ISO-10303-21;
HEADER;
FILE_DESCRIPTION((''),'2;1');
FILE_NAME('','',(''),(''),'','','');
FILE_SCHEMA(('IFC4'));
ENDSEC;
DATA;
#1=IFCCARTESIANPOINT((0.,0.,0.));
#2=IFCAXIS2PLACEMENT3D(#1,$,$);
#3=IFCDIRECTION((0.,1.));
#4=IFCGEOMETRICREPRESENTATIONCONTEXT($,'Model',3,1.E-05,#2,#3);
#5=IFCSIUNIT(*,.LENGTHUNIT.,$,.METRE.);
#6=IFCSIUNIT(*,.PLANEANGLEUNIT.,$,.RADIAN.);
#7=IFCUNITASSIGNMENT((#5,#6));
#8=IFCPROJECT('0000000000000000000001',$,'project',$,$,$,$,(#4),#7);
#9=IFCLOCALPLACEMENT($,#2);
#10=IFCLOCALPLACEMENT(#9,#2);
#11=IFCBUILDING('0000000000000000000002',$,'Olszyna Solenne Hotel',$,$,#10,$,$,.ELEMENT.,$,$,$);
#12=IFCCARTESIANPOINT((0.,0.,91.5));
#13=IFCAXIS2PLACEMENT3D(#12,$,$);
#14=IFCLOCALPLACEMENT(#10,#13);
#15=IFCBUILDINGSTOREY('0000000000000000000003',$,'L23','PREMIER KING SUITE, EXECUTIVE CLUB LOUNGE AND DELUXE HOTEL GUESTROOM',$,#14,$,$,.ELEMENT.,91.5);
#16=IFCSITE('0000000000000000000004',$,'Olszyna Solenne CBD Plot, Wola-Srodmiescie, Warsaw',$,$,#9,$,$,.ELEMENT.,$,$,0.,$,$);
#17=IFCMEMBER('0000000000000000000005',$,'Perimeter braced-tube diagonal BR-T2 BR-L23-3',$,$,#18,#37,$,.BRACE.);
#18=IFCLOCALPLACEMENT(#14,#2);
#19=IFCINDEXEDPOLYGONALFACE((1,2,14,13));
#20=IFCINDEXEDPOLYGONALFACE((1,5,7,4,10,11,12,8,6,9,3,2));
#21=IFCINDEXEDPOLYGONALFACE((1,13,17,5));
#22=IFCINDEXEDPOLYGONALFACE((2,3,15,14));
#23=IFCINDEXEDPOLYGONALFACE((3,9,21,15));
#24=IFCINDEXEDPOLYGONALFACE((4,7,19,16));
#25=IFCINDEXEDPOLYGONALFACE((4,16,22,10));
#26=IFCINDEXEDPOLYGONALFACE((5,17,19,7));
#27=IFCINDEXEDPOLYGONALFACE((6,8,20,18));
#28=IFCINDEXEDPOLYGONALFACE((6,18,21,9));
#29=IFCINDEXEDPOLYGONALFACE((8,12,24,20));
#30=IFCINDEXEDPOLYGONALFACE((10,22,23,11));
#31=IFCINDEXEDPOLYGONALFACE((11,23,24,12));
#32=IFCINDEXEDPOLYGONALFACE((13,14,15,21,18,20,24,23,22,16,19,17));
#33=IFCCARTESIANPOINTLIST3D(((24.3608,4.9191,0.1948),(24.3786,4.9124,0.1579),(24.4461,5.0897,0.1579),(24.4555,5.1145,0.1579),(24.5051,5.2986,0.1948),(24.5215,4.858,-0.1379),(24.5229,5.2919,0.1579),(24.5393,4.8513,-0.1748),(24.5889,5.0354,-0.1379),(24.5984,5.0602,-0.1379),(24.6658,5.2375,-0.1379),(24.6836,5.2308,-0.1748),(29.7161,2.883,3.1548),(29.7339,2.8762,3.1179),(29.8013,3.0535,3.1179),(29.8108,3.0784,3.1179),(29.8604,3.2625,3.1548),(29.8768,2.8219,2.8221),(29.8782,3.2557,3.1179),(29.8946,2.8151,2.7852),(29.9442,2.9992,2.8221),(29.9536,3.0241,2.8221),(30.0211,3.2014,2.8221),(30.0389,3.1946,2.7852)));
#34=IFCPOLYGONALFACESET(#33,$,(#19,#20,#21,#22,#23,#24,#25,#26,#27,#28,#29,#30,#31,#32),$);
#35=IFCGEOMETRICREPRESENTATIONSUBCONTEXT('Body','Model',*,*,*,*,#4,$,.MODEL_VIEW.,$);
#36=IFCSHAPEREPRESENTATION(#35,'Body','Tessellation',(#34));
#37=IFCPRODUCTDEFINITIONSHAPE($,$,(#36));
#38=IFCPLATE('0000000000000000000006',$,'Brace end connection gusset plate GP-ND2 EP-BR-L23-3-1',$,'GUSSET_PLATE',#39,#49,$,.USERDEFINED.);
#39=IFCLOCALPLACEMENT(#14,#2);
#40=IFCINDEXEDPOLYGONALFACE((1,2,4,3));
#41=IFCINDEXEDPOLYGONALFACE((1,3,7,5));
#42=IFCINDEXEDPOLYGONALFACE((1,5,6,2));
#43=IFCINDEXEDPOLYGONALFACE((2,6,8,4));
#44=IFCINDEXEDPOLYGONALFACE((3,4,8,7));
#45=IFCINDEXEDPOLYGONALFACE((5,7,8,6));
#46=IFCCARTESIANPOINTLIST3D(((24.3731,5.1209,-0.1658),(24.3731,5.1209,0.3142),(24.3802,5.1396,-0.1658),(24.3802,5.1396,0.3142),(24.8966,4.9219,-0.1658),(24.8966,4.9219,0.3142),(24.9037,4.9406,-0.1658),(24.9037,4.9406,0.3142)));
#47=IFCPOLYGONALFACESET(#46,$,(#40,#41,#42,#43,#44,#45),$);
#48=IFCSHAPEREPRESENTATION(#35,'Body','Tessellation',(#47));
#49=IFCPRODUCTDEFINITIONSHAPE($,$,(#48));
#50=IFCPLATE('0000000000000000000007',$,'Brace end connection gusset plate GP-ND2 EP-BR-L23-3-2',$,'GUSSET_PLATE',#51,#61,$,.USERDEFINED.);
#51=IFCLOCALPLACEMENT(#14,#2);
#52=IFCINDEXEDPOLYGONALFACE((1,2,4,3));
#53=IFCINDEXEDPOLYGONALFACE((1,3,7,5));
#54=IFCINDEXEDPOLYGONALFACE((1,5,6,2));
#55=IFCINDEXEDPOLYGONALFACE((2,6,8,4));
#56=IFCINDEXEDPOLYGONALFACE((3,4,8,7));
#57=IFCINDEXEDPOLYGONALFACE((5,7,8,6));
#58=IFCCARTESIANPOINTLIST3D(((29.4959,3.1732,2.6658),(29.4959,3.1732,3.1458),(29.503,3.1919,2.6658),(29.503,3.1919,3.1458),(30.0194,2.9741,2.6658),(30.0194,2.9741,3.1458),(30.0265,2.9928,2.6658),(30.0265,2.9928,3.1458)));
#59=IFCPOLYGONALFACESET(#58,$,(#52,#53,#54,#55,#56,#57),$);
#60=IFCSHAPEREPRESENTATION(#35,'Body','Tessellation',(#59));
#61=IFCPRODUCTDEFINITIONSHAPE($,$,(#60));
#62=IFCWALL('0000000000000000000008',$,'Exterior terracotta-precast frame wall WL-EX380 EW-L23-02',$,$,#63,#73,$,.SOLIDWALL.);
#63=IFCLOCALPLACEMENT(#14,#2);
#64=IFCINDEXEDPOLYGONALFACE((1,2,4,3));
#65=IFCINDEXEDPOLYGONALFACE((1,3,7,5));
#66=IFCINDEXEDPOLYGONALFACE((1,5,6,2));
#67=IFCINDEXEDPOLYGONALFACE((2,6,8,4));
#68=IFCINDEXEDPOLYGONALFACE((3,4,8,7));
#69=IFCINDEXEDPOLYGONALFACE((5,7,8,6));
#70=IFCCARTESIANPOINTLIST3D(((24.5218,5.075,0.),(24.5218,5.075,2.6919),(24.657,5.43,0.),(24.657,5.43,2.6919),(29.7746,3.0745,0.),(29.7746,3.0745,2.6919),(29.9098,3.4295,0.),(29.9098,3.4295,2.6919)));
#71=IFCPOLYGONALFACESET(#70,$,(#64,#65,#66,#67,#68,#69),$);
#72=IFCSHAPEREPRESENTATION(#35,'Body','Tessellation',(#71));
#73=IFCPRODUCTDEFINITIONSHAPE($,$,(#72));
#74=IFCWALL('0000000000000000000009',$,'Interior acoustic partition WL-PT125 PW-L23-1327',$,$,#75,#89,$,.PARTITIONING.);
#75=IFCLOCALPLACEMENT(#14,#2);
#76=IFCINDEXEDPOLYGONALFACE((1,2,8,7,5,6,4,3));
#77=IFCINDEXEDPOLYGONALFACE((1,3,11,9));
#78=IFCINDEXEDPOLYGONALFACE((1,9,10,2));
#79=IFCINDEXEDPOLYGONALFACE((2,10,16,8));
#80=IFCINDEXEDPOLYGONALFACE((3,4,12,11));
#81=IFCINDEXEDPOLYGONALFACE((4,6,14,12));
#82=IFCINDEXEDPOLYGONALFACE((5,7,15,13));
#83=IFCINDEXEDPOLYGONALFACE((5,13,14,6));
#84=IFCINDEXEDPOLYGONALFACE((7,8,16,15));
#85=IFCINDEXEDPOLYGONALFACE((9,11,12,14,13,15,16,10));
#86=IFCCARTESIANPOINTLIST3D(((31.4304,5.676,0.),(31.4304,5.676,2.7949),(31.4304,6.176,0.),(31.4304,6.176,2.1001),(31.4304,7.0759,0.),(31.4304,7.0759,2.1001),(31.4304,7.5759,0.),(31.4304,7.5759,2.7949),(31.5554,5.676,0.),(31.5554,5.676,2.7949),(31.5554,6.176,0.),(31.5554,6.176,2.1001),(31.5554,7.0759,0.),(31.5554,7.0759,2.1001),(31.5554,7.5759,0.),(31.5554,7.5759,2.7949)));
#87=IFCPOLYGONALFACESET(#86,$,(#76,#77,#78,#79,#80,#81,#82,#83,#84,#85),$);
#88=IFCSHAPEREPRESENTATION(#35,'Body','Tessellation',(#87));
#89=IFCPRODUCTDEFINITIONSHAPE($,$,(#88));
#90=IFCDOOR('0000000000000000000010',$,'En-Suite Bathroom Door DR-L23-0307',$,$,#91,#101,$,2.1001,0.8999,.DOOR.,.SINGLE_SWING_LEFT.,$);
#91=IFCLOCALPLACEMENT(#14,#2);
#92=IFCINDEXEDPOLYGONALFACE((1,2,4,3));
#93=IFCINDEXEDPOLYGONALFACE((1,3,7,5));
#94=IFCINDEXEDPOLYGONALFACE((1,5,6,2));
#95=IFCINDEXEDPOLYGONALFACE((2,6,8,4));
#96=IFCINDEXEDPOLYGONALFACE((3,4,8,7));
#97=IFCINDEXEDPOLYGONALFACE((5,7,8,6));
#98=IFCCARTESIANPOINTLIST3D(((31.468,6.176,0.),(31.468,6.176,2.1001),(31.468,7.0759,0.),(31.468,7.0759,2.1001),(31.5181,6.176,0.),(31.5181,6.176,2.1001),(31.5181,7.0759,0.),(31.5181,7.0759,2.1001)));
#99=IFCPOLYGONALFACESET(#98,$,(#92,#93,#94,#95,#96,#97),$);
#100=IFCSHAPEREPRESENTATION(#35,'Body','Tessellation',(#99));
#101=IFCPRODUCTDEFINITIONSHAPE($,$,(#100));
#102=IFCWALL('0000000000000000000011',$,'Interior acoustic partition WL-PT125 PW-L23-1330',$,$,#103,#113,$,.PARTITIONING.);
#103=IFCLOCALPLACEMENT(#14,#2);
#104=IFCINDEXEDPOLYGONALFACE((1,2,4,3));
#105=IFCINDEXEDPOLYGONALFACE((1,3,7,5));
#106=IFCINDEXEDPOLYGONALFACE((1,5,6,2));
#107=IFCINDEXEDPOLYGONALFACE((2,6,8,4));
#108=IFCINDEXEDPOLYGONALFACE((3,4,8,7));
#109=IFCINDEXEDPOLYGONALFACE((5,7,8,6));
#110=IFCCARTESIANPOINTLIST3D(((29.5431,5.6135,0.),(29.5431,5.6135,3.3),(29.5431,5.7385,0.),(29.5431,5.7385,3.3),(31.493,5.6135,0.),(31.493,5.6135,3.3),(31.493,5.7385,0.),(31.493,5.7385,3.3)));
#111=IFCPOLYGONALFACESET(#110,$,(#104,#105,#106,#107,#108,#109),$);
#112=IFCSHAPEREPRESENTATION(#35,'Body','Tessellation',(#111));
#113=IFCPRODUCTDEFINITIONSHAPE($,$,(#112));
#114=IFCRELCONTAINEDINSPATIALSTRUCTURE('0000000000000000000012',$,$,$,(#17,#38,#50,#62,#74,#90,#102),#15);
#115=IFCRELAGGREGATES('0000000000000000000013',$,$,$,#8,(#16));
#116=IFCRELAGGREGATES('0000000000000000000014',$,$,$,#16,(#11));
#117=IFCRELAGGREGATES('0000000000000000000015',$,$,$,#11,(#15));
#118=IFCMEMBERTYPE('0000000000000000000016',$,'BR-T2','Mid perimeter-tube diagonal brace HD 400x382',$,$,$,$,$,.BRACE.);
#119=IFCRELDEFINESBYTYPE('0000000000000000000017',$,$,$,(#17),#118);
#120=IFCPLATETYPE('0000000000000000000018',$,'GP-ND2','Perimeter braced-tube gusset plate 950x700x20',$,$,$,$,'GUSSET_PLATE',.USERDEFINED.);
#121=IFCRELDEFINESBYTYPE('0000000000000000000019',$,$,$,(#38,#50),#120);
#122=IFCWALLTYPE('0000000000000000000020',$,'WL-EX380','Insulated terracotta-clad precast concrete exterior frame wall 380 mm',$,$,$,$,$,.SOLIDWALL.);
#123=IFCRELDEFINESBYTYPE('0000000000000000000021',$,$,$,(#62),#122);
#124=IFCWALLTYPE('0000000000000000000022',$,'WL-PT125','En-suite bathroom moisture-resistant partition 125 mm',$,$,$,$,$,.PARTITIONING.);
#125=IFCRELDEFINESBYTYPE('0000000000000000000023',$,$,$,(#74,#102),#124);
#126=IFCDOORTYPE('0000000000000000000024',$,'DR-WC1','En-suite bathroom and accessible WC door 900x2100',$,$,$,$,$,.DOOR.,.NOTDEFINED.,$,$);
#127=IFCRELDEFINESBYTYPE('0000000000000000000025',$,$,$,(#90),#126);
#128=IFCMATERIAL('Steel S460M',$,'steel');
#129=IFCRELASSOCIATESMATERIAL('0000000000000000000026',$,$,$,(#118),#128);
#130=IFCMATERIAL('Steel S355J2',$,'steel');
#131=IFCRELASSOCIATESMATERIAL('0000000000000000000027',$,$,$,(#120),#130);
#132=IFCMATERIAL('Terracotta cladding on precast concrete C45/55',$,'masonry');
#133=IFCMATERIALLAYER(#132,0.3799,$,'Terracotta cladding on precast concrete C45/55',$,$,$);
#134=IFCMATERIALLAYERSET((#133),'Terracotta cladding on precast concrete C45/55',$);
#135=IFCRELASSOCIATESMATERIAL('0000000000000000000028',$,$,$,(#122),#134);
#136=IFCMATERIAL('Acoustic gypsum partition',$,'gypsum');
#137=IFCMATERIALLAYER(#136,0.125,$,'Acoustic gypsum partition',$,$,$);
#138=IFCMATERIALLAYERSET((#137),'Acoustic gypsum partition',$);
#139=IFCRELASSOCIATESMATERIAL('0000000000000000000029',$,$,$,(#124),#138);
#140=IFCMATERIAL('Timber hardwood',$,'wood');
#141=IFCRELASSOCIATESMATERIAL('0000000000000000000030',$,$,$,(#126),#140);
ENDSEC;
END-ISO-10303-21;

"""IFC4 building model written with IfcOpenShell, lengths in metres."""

from ifc_helpers import new_model, si_unit, direction, frame, frame_2d, origin, origin_2d, place, context, subcontext, project, spatial, rectangle, i_section, extrude, source, transform, mapped, material, layer, layer_set, material_profile, profile_set, type_object, type_shapes, element, fill, save


model = new_model("IFC4")

# Units and contexts
model_context = context("Model", 3, precision=1e-05, world=origin(), true_north=direction((0.0, 1.0)))
body_context = subcontext(model_context, "Body", "Model", "MODEL_VIEW")
ifc_project = project(units=[si_unit("LENGTHUNIT", "METRE"), si_unit("PLANEANGLEUNIT", "RADIAN")], contexts=[model_context])

# Site, building, storey
site_placement = place(None, origin())
site = spatial("IfcSite", under=ifc_project, at=site_placement, Name="Olszyna Solenne CBD Plot, Wola-Srodmiescie, Warsaw", CompositionType="ELEMENT", RefElevation=0.0)
building_placement = place(site_placement, origin())
building = spatial("IfcBuilding", under=site, at=building_placement, Name="Olszyna Solenne Hotel", CompositionType="ELEMENT")
storey_placement = place(building_placement, frame((0.0, 0.0, 91.5)))
storey = spatial("IfcBuildingStorey", under=building, at=storey_placement, Name="L23", Description="PREMIER KING SUITE, EXECUTIVE CLUB LOUNGE AND DELUXE HOTEL GUESTROOM", CompositionType="ELEMENT", Elevation=91.5)

# Shared definitions
ifc_material_1 = material(Name="Steel S460M", Category="steel")

# Shared definitions
ifc_material_2 = material(Name="Steel S355J2", Category="steel")

# Member
ifc_material_profile_1 = material_profile(ifc_material_1, i_section(OverallWidth=0.406, OverallDepth=0.416, WebThickness=0.0266, FlangeThickness=0.0415, at=origin_2d()), Name="HD 400x382", Category="load-bearing")
ifc_profile_set_1 = profile_set([ifc_material_profile_1], Name="Steel S460M")
member_type = type_object("IfcMemberType", Name="BR-T2", Description="Mid perimeter-tube diagonal brace HD 400x382", PredefinedType="BRACE", material=ifc_profile_set_1)
shared_shape_1 = source(origin(), body_context, "Body", "SweptSolid", [
    extrude(i_section(OverallWidth=0.406, OverallDepth=0.416, WebThickness=0.0266, FlangeThickness=0.0415, at=origin_2d()), origin(), (0.0, 0.0, 1.0), 6.4487),
])
member_placement = place(storey_placement, frame((24.5222, 5.075, 0.01), z_axis=(0.830436, -0.315744, 0.459002), x_axis=(0.355393, 0.934717, 0.0)))
element("IfcMember", 1, at=member_placement, inside=storey, type_object=member_type, Name="Perimeter braced-tube diagonal BR-T2 BR-L23-3", PredefinedType="BRACE", context=body_context, shape_type="MappedRepresentation", body=[
    mapped(shared_shape_1, transform((0.0, 0.0, 0.0), x_axis=(1.0, 0.0, 0.0), y_axis=(0.0, 1.0, 0.0), z_axis=(0.0, 0.0, 1.0), scale=1.0)),
])

# Plates
plate_type = type_object("IfcPlateType", Name="GP-ND2", Description="Perimeter braced-tube gusset plate 950x700x20", ElementType="GUSSET_PLATE", PredefinedType="USERDEFINED", material=ifc_material_2)
shared_shape_2 = source(origin(), body_context, "Body", "SweptSolid", [
    extrude(rectangle(XDim=0.5601, YDim=0.02, at=origin_2d()), origin(), (0.0, 0.0, 1.0), 0.48),
])
for number, where, z_axis, x_axis, name in (
    (2, (24.6384, 5.0308, -0.1658), (0.0, 0.0, 1.0), (0.934702, -0.355433, 0.0), "Brace end connection gusset plate GP-ND2 EP-BR-L23-3-1"),
    (3, (29.7612, 3.083, 2.6658), (0.0, 0.0, 1.0), (0.934702, -0.355433, 0.0), "Brace end connection gusset plate GP-ND2 EP-BR-L23-3-2"),
):
    element("IfcPlate", number, at=place(storey_placement, frame(where, z_axis=z_axis, x_axis=x_axis)), inside=storey, type_object=plate_type, Name=name, ObjectType="GUSSET_PLATE", PredefinedType="USERDEFINED", context=body_context, shape_type="MappedRepresentation", body=[
        mapped(shared_shape_2, transform((0.0, 0.0, 0.0), x_axis=(1.0, 0.0, 0.0), y_axis=(0.0, 1.0, 0.0), z_axis=(0.0, 0.0, 1.0), scale=1.0)),
    ])

# Wall
ifc_material_3 = material(Name="Terracotta cladding on precast concrete C45/55", Category="masonry")
ifc_layer_1 = layer(ifc_material_3, 0.3799, Name="Terracotta cladding on precast concrete C45/55")
ifc_layer_set_1 = layer_set([ifc_layer_1], Name="Terracotta cladding on precast concrete C45/55")
wall_type_1 = type_object("IfcWallType", Name="WL-EX380", Description="Insulated terracotta-clad precast concrete exterior frame wall 380 mm", PredefinedType="SOLIDWALL", material=ifc_layer_set_1)
wall_1_placement = place(storey_placement, frame((29.8423, 3.252, 0.0), z_axis=(0.0, 0.0, 1.0), x_axis=(-0.934519, 0.355912, 0.0)))
element("IfcWall", 4, at=wall_1_placement, inside=storey, type_object=wall_type_1, Name="Exterior terracotta-precast frame wall WL-EX380 EW-L23-02", PredefinedType="SOLIDWALL", context=body_context, shape_type="SweptSolid", body=[
    extrude(rectangle(XDim=5.6208, YDim=0.3799, at=frame_2d((2.8105, 0.0))), origin(), (0.0, 0.0, 1.0), 2.6919),
])

# Wall, opening, door
ifc_material_4 = material(Name="Acoustic gypsum partition", Category="gypsum")
ifc_layer_2 = layer(ifc_material_4, 0.125, Name="Acoustic gypsum partition")
ifc_layer_set_2 = layer_set([ifc_layer_2], Name="Acoustic gypsum partition")
wall_type_2 = type_object("IfcWallType", Name="WL-PT125", Description="En-suite bathroom moisture-resistant partition 125 mm", PredefinedType="PARTITIONING", material=ifc_layer_set_2)
wall_2_placement = place(storey_placement, frame((31.4929, 5.676, 0.0), z_axis=(0.0, 0.0, 1.0), x_axis=(0.0, 1.0, 0.0)))
wall_2 = element("IfcWall", 5, at=wall_2_placement, inside=storey, type_object=wall_type_2, Name="Interior acoustic partition WL-PT125 PW-L23-1327", PredefinedType="PARTITIONING", context=body_context, shape_type="SweptSolid", body=[
    extrude(rectangle(XDim=1.8999, YDim=0.125, at=frame_2d((0.95, 0.0))), origin(), (0.0, 0.0, 1.0), 2.7949),
])
opening_placement = place(wall_2_placement, frame((0.5, 0.0, 0.0)))
opening = element("IfcOpeningElement", 6, at=opening_placement, cuts=wall_2, PredefinedType="OPENING", context=body_context, shape_type="SweptSolid", body=[
    extrude(rectangle(XDim=0.8999, YDim=2.1001, at=frame_2d((0.45, 1.05))), frame((0.0, 0.0725, 0.0), z_axis=(0.0, -1.0, 0.0), x_axis=(1.0, 0.0, 0.0)), (0.0, 0.0, 1.0), 0.145),
])
ifc_material_5 = material(Name="Timber hardwood", Category="wood")
door_type = type_object("IfcDoorType", Name="DR-WC1", Description="En-suite bathroom and accessible WC door 900x2100", OperationType="NOTDEFINED", PredefinedType="DOOR", material=ifc_material_5)
shared_shape_3 = source(origin(), body_context, "Body", "SweptSolid", [
    extrude(rectangle(XDim=0.8999, YDim=2.1001, at=frame_2d((0.45, 1.05))), frame((0.0, 0.0249, 0.0), z_axis=(0.0, -1.0, 0.0), x_axis=(1.0, 0.0, 0.0)), (0.0, 0.0, 1.0), 0.05),
])
type_shapes(door_type, [shared_shape_3])
door_placement = place(opening_placement, origin())
door = element("IfcDoor", 7, at=door_placement, inside=storey, type_object=door_type, Name="En-Suite Bathroom Door DR-L23-0307", OperationType="SINGLE_SWING_LEFT", OverallHeight=2.1001, OverallWidth=0.8999, PredefinedType="DOOR", context=body_context, shape_type="MappedRepresentation", body=[
    mapped(shared_shape_3, transform((0.0, 0.0, 0.0), x_axis=(1.0, 0.0, 0.0), y_axis=(0.0, 1.0, 0.0), z_axis=(0.0, 0.0, 1.0), scale=1.0)),
])
fill(opening, door)

# Wall
wall_3_placement = place(storey_placement, frame((29.543, 5.676, 0.0), z_axis=(0.0, 0.0, 1.0), x_axis=(1.0, 0.0, 0.0)))
element("IfcWall", 8, at=wall_3_placement, inside=storey, type_object=wall_type_2, Name="Interior acoustic partition WL-PT125 PW-L23-1330", PredefinedType="PARTITIONING", context=body_context, shape_type="SweptSolid", body=[
    extrude(rectangle(XDim=1.95, YDim=0.125, at=frame_2d((0.9751, 0.0))), origin(), (0.0, 0.0, 1.0), 3.3),
])

save(model, "model.ifc")
